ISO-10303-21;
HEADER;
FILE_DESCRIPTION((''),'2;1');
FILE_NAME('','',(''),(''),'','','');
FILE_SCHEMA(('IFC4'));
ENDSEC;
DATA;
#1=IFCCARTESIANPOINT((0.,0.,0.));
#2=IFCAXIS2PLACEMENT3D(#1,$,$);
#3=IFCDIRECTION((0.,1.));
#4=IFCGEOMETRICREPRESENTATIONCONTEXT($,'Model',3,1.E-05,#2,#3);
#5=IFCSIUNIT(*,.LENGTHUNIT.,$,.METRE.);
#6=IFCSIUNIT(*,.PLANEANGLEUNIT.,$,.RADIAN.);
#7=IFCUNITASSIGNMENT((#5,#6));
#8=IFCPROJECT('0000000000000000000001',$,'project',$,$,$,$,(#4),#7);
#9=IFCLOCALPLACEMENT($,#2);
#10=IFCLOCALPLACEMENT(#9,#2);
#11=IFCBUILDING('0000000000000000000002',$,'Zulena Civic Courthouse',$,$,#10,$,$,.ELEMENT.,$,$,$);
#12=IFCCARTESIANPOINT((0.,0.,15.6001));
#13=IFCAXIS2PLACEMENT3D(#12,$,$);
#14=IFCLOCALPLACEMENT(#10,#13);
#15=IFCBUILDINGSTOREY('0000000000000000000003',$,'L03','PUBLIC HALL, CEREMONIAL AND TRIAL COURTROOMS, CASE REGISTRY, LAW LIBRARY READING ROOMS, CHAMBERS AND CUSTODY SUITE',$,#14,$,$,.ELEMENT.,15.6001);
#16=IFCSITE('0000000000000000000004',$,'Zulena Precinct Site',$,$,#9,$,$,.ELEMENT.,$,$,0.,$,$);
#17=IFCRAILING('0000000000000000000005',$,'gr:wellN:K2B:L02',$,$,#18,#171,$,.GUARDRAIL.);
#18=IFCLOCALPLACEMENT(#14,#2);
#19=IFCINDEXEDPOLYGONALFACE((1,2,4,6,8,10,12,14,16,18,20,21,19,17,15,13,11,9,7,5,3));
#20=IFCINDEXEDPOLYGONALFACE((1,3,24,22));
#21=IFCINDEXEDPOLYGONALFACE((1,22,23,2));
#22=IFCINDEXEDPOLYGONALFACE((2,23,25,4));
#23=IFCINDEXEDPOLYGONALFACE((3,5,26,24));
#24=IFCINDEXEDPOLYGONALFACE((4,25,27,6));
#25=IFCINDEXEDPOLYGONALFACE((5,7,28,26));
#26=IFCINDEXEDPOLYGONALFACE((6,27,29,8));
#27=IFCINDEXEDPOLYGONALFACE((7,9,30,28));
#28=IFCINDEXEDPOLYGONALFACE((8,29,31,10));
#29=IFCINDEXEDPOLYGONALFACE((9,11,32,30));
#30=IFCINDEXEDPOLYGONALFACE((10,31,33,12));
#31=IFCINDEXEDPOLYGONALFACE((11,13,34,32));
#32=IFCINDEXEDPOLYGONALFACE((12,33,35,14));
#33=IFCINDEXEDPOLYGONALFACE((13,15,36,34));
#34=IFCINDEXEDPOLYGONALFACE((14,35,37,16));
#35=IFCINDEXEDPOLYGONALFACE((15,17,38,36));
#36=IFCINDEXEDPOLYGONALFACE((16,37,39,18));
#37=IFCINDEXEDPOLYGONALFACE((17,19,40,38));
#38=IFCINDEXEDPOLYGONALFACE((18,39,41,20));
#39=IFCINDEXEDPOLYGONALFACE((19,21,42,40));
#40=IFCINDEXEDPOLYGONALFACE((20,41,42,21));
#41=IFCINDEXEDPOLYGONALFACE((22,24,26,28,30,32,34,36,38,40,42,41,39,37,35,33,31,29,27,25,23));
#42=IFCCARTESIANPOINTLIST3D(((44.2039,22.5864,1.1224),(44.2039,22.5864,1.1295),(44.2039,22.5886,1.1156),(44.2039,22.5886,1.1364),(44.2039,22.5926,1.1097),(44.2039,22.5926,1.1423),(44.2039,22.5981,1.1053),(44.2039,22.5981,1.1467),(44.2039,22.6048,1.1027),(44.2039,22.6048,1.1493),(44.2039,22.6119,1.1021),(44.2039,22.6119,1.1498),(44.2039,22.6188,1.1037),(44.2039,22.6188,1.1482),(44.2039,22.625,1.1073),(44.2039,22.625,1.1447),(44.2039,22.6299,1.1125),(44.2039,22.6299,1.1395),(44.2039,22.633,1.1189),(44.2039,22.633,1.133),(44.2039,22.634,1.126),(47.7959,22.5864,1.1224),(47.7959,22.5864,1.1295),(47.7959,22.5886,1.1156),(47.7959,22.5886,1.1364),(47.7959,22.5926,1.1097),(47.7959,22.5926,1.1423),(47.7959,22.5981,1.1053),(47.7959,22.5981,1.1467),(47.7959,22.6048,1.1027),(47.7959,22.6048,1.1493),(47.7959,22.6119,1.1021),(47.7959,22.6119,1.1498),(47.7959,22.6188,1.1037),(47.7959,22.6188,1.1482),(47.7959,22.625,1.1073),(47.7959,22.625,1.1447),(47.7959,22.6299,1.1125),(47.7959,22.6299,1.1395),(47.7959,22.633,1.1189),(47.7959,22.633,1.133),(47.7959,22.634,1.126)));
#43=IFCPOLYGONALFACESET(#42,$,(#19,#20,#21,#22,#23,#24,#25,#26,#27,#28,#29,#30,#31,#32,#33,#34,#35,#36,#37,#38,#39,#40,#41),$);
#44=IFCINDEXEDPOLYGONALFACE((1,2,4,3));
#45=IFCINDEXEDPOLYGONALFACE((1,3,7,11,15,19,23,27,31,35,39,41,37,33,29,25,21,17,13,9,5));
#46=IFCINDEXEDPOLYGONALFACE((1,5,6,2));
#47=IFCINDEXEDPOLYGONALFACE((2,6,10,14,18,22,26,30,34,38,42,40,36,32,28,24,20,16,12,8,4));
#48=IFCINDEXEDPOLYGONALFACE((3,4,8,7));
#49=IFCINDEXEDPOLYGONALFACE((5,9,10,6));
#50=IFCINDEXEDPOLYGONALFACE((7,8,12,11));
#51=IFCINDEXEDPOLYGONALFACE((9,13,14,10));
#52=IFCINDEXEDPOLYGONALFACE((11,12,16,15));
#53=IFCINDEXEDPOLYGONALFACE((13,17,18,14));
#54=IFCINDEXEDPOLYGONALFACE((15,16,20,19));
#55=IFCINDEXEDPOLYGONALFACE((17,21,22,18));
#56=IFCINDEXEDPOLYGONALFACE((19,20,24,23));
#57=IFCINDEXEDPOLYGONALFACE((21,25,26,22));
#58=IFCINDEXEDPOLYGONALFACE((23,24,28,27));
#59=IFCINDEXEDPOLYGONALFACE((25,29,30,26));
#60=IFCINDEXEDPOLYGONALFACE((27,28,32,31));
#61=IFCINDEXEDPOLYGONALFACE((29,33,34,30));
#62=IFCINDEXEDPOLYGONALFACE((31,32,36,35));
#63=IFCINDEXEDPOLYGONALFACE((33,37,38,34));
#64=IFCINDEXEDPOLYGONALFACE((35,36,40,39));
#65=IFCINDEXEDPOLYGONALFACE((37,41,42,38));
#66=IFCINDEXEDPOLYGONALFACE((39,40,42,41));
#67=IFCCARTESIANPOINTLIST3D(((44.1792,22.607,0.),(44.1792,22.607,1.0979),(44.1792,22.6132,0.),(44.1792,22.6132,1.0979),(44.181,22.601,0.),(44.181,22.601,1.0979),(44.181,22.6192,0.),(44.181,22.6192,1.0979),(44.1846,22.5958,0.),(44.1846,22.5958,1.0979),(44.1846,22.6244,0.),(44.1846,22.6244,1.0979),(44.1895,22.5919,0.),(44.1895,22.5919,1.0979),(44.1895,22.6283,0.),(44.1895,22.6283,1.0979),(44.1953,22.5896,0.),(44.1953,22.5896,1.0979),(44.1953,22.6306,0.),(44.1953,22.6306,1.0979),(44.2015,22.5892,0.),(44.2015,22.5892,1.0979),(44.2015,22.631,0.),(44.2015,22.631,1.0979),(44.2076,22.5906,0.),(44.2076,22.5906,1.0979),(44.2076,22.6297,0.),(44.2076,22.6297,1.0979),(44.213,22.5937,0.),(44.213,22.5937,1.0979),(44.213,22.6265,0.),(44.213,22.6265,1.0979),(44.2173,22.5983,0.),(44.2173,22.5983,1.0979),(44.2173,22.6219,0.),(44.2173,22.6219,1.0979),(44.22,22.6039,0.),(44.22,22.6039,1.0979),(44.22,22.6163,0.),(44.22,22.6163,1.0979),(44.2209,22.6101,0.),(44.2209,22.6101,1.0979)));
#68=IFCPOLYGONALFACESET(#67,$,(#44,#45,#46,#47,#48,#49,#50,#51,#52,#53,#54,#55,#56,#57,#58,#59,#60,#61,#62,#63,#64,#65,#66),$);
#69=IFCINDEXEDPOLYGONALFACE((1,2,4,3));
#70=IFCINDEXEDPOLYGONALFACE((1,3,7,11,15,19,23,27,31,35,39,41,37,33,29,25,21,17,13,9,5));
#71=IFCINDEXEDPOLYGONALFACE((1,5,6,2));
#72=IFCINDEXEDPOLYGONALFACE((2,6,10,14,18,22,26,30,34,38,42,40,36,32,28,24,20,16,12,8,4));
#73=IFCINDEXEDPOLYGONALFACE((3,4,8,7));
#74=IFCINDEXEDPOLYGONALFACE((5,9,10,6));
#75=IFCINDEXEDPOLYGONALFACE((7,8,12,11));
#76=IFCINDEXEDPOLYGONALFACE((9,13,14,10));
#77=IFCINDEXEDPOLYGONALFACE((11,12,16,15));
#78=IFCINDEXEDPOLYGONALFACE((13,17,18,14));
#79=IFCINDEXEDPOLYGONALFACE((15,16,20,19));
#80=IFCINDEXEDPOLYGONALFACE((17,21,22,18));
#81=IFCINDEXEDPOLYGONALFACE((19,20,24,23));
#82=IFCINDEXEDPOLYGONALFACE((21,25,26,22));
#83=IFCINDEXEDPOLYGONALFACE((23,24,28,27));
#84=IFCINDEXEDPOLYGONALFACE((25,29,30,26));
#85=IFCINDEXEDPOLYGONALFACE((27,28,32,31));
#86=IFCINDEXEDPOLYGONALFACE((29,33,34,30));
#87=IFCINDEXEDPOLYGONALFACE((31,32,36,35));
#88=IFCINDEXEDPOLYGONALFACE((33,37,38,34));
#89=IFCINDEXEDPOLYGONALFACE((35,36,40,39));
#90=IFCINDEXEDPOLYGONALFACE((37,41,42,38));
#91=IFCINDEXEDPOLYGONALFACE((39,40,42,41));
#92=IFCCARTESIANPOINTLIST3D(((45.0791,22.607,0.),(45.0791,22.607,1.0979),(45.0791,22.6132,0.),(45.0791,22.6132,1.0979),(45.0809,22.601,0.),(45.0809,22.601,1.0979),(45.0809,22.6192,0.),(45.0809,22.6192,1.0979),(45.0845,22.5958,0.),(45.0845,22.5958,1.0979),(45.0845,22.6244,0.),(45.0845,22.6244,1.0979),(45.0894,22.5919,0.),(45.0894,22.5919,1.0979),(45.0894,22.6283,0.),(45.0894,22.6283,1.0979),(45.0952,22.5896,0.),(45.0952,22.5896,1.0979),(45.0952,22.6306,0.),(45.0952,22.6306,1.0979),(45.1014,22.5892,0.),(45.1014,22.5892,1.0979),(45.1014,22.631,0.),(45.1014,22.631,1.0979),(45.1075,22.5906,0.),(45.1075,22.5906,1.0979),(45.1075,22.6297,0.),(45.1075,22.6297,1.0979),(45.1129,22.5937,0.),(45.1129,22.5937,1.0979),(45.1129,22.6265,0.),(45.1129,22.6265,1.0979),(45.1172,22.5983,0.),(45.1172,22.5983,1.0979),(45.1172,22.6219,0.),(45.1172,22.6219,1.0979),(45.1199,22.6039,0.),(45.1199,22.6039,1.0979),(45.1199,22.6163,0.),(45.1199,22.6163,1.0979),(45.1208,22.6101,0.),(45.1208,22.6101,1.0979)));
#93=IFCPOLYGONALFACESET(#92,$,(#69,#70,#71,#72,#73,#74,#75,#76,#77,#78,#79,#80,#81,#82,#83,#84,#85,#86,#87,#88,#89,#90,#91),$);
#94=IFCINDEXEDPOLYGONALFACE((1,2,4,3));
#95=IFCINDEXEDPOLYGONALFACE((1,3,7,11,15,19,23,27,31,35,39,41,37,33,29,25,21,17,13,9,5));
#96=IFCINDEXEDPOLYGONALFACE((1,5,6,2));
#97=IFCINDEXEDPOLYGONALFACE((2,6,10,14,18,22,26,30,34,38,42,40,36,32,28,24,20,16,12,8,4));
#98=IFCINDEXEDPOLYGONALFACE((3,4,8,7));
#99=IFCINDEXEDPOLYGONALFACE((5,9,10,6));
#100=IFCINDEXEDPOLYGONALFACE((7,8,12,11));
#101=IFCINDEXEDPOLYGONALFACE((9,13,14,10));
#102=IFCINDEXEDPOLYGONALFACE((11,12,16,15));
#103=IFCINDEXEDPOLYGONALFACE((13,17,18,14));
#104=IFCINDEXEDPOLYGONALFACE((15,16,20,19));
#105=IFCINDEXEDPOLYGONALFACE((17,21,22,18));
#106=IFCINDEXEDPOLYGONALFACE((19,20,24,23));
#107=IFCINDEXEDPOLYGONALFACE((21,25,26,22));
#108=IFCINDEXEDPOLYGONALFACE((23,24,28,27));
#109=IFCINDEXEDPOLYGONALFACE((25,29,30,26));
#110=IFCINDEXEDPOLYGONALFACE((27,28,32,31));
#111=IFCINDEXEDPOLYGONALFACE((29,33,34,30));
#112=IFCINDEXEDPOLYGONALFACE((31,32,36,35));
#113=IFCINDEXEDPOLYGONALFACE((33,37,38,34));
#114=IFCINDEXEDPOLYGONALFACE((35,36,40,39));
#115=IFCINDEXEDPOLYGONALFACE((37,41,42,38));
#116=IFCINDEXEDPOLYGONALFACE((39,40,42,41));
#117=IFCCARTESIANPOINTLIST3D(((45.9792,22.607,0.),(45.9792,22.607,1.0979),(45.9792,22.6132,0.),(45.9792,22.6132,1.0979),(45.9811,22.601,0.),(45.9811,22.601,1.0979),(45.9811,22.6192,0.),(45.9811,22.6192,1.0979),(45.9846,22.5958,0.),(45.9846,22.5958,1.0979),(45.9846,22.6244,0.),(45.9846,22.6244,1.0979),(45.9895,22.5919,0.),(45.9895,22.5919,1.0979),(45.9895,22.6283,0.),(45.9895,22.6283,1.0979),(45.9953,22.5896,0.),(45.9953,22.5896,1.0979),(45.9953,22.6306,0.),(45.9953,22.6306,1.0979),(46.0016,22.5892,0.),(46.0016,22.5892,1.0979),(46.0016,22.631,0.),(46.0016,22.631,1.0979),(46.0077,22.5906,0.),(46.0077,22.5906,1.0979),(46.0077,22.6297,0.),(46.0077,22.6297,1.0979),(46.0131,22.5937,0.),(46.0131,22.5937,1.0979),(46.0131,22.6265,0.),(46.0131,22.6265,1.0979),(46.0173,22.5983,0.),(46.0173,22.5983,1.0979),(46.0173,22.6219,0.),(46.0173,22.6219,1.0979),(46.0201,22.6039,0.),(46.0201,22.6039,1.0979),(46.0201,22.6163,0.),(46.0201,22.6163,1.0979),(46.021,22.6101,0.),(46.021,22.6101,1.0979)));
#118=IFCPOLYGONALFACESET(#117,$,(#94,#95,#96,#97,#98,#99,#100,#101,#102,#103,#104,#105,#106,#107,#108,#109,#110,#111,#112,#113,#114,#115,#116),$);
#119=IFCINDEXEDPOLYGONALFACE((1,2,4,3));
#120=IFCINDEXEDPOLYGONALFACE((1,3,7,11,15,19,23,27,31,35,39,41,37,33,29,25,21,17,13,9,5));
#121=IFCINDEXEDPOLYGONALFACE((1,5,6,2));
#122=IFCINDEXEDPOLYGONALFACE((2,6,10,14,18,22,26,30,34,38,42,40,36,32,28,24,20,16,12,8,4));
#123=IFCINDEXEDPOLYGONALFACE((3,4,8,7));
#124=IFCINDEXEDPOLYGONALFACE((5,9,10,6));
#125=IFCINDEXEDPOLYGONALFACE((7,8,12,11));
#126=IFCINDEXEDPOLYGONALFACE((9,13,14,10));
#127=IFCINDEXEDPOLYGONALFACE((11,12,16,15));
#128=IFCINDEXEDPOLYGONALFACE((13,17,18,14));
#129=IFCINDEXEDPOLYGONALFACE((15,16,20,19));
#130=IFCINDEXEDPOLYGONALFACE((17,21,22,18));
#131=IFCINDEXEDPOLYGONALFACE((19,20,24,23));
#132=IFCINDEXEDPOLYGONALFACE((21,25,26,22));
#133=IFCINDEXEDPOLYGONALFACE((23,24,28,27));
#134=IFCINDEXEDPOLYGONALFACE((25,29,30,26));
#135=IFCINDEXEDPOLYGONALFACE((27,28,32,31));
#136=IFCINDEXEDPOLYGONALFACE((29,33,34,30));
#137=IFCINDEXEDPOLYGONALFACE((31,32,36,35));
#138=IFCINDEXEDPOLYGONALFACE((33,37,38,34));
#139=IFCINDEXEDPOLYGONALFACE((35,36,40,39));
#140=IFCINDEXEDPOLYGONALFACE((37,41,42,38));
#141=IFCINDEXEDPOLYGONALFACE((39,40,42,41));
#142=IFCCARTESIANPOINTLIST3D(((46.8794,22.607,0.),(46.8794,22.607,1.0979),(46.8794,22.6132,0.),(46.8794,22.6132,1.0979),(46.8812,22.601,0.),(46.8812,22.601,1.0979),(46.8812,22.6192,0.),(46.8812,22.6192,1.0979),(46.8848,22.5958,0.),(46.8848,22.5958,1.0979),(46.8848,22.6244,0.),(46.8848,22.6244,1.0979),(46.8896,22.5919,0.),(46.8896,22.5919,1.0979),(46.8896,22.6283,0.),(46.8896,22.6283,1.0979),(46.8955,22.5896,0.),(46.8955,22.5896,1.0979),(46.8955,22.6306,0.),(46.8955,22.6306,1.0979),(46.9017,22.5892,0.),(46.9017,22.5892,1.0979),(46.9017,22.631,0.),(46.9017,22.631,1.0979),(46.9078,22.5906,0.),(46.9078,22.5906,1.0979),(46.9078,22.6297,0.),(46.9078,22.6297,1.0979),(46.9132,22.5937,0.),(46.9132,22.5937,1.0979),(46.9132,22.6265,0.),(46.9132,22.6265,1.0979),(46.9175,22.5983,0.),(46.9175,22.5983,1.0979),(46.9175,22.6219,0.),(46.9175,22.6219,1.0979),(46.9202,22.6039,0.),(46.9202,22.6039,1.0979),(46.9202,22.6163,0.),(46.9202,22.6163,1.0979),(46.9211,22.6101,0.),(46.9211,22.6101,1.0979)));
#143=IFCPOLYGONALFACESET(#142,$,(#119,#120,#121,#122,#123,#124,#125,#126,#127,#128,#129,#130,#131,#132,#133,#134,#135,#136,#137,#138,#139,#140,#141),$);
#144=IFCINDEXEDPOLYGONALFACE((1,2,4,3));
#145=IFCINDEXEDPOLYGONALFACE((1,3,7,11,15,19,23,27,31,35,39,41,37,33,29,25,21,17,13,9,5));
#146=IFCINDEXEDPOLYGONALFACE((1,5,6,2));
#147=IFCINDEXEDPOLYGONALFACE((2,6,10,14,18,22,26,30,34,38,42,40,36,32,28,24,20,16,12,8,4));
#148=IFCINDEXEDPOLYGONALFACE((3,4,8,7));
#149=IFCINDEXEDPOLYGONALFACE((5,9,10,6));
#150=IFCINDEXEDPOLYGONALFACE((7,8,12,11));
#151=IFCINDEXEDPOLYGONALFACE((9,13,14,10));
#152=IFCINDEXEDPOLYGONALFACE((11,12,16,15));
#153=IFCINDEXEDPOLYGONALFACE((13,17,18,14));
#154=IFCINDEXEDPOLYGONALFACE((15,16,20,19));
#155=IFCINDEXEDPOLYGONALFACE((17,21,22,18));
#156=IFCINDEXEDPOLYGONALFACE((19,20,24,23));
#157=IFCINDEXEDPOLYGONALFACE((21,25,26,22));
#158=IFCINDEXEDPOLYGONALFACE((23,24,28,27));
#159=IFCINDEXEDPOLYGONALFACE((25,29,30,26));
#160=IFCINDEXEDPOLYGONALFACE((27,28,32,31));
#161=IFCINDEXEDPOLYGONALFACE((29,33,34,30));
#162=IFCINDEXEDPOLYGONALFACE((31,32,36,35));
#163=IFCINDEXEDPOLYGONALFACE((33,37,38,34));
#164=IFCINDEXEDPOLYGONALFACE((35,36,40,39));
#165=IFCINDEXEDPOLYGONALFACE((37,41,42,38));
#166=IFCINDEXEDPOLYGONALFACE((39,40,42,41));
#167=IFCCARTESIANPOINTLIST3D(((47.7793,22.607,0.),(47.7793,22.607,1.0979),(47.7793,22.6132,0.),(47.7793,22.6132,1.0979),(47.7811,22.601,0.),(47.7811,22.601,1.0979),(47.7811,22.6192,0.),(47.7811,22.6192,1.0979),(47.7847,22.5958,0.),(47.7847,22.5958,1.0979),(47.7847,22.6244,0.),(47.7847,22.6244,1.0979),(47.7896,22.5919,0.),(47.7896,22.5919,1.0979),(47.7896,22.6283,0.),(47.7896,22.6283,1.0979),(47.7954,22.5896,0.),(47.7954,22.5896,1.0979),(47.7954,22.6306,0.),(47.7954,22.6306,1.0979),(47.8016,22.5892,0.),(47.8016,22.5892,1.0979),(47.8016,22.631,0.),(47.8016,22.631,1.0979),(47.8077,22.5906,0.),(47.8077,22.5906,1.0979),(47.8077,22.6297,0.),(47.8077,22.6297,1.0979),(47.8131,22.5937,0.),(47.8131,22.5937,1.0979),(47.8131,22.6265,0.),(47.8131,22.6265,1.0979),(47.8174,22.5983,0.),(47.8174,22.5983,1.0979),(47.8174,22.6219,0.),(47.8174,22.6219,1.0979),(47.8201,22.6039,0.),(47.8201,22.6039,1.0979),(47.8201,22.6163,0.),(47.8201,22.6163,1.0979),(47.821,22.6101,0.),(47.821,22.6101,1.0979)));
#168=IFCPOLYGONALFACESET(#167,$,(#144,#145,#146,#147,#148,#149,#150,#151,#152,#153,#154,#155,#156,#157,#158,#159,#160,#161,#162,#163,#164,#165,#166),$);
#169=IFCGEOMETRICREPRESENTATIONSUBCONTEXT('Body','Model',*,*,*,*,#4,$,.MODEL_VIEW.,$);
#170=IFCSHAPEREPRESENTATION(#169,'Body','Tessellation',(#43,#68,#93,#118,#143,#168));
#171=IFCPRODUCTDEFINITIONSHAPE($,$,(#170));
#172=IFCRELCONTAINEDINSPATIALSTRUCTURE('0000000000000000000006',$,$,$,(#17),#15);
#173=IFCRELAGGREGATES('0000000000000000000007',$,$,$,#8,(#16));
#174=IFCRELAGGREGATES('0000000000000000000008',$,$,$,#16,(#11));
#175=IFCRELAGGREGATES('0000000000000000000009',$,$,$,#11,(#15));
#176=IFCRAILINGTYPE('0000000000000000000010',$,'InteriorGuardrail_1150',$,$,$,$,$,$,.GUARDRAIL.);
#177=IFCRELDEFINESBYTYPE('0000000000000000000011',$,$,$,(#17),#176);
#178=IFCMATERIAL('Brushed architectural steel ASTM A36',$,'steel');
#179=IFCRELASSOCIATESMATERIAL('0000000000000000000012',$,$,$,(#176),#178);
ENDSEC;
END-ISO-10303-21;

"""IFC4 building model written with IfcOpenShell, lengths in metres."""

from ifc_helpers import new_model, si_unit, direction, frame, origin, origin_2d, place, context, subcontext, project, spatial, circle, extrude, material, type_object, element, save


model = new_model("IFC4")

# Units and contexts
model_context = context("Model", 3, precision=1e-05, world=origin(), true_north=direction((0.0, 1.0)))
body_context = subcontext(model_context, "Body", "Model", "MODEL_VIEW")
ifc_project = project(units=[si_unit("LENGTHUNIT", "METRE"), si_unit("PLANEANGLEUNIT", "RADIAN")], contexts=[model_context])

# Site, building, storey
site_placement = place(None, origin())
site = spatial("IfcSite", under=ifc_project, at=site_placement, Name="Zulena Precinct Site", CompositionType="ELEMENT", RefElevation=0.0)
building_placement = place(site_placement, origin())
building = spatial("IfcBuilding", under=site, at=building_placement, Name="Zulena Civic Courthouse", CompositionType="ELEMENT")
storey_placement = place(building_placement, frame((0.0, 0.0, 15.6001)))
storey = spatial("IfcBuildingStorey", under=building, at=storey_placement, Name="L03", Description="PUBLIC HALL, CEREMONIAL AND TRIAL COURTROOMS, CASE REGISTRY, LAW LIBRARY READING ROOMS, CHAMBERS AND CUSTODY SUITE", CompositionType="ELEMENT", Elevation=15.6001)

# Railing
ifc_material_1 = material(Name="Brushed architectural steel ASTM A36", Category="steel")
railing_type_1 = type_object("IfcRailingType", Name="InteriorGuardrail_1150", PredefinedType="GUARDRAIL", material=ifc_material_1)
railing_1_placement = place(storey_placement, frame((44.2, 22.6101, 0.0)))
element("IfcRailing", 1, at=railing_1_placement, inside=storey, type_object=railing_type_1, Name="gr:wellN:K2B:L02", PredefinedType="GUARDRAIL", context=body_context, shape_type="SweptSolid", body=[
    extrude(circle(Radius=0.0239, at=origin_2d()), frame((0.0039, 0.0, 1.126), z_axis=(1.0, 0.0, 0.0), x_axis=(0.0, 1.0, 0.0)), (0.0, 0.0, 1.0), 3.592),
    extrude(circle(Radius=0.021, at=origin_2d()), origin(), (0.0, 0.0, 1.0), 1.0979),
    extrude(circle(Radius=0.021, at=origin_2d()), frame((0.8999, 0.0, 0.0)), (0.0, 0.0, 1.0), 1.0979),
    extrude(circle(Radius=0.021, at=origin_2d()), frame((1.8, 0.0, 0.0)), (0.0, 0.0, 1.0), 1.0979),
    extrude(circle(Radius=0.021, at=origin_2d()), frame((2.7002, 0.0, 0.0)), (0.0, 0.0, 1.0), 1.0979),
    extrude(circle(Radius=0.021, at=origin_2d()), frame((3.6001, 0.0, 0.0)), (0.0, 0.0, 1.0), 1.0979),
])

save(model, "model.ifc")
